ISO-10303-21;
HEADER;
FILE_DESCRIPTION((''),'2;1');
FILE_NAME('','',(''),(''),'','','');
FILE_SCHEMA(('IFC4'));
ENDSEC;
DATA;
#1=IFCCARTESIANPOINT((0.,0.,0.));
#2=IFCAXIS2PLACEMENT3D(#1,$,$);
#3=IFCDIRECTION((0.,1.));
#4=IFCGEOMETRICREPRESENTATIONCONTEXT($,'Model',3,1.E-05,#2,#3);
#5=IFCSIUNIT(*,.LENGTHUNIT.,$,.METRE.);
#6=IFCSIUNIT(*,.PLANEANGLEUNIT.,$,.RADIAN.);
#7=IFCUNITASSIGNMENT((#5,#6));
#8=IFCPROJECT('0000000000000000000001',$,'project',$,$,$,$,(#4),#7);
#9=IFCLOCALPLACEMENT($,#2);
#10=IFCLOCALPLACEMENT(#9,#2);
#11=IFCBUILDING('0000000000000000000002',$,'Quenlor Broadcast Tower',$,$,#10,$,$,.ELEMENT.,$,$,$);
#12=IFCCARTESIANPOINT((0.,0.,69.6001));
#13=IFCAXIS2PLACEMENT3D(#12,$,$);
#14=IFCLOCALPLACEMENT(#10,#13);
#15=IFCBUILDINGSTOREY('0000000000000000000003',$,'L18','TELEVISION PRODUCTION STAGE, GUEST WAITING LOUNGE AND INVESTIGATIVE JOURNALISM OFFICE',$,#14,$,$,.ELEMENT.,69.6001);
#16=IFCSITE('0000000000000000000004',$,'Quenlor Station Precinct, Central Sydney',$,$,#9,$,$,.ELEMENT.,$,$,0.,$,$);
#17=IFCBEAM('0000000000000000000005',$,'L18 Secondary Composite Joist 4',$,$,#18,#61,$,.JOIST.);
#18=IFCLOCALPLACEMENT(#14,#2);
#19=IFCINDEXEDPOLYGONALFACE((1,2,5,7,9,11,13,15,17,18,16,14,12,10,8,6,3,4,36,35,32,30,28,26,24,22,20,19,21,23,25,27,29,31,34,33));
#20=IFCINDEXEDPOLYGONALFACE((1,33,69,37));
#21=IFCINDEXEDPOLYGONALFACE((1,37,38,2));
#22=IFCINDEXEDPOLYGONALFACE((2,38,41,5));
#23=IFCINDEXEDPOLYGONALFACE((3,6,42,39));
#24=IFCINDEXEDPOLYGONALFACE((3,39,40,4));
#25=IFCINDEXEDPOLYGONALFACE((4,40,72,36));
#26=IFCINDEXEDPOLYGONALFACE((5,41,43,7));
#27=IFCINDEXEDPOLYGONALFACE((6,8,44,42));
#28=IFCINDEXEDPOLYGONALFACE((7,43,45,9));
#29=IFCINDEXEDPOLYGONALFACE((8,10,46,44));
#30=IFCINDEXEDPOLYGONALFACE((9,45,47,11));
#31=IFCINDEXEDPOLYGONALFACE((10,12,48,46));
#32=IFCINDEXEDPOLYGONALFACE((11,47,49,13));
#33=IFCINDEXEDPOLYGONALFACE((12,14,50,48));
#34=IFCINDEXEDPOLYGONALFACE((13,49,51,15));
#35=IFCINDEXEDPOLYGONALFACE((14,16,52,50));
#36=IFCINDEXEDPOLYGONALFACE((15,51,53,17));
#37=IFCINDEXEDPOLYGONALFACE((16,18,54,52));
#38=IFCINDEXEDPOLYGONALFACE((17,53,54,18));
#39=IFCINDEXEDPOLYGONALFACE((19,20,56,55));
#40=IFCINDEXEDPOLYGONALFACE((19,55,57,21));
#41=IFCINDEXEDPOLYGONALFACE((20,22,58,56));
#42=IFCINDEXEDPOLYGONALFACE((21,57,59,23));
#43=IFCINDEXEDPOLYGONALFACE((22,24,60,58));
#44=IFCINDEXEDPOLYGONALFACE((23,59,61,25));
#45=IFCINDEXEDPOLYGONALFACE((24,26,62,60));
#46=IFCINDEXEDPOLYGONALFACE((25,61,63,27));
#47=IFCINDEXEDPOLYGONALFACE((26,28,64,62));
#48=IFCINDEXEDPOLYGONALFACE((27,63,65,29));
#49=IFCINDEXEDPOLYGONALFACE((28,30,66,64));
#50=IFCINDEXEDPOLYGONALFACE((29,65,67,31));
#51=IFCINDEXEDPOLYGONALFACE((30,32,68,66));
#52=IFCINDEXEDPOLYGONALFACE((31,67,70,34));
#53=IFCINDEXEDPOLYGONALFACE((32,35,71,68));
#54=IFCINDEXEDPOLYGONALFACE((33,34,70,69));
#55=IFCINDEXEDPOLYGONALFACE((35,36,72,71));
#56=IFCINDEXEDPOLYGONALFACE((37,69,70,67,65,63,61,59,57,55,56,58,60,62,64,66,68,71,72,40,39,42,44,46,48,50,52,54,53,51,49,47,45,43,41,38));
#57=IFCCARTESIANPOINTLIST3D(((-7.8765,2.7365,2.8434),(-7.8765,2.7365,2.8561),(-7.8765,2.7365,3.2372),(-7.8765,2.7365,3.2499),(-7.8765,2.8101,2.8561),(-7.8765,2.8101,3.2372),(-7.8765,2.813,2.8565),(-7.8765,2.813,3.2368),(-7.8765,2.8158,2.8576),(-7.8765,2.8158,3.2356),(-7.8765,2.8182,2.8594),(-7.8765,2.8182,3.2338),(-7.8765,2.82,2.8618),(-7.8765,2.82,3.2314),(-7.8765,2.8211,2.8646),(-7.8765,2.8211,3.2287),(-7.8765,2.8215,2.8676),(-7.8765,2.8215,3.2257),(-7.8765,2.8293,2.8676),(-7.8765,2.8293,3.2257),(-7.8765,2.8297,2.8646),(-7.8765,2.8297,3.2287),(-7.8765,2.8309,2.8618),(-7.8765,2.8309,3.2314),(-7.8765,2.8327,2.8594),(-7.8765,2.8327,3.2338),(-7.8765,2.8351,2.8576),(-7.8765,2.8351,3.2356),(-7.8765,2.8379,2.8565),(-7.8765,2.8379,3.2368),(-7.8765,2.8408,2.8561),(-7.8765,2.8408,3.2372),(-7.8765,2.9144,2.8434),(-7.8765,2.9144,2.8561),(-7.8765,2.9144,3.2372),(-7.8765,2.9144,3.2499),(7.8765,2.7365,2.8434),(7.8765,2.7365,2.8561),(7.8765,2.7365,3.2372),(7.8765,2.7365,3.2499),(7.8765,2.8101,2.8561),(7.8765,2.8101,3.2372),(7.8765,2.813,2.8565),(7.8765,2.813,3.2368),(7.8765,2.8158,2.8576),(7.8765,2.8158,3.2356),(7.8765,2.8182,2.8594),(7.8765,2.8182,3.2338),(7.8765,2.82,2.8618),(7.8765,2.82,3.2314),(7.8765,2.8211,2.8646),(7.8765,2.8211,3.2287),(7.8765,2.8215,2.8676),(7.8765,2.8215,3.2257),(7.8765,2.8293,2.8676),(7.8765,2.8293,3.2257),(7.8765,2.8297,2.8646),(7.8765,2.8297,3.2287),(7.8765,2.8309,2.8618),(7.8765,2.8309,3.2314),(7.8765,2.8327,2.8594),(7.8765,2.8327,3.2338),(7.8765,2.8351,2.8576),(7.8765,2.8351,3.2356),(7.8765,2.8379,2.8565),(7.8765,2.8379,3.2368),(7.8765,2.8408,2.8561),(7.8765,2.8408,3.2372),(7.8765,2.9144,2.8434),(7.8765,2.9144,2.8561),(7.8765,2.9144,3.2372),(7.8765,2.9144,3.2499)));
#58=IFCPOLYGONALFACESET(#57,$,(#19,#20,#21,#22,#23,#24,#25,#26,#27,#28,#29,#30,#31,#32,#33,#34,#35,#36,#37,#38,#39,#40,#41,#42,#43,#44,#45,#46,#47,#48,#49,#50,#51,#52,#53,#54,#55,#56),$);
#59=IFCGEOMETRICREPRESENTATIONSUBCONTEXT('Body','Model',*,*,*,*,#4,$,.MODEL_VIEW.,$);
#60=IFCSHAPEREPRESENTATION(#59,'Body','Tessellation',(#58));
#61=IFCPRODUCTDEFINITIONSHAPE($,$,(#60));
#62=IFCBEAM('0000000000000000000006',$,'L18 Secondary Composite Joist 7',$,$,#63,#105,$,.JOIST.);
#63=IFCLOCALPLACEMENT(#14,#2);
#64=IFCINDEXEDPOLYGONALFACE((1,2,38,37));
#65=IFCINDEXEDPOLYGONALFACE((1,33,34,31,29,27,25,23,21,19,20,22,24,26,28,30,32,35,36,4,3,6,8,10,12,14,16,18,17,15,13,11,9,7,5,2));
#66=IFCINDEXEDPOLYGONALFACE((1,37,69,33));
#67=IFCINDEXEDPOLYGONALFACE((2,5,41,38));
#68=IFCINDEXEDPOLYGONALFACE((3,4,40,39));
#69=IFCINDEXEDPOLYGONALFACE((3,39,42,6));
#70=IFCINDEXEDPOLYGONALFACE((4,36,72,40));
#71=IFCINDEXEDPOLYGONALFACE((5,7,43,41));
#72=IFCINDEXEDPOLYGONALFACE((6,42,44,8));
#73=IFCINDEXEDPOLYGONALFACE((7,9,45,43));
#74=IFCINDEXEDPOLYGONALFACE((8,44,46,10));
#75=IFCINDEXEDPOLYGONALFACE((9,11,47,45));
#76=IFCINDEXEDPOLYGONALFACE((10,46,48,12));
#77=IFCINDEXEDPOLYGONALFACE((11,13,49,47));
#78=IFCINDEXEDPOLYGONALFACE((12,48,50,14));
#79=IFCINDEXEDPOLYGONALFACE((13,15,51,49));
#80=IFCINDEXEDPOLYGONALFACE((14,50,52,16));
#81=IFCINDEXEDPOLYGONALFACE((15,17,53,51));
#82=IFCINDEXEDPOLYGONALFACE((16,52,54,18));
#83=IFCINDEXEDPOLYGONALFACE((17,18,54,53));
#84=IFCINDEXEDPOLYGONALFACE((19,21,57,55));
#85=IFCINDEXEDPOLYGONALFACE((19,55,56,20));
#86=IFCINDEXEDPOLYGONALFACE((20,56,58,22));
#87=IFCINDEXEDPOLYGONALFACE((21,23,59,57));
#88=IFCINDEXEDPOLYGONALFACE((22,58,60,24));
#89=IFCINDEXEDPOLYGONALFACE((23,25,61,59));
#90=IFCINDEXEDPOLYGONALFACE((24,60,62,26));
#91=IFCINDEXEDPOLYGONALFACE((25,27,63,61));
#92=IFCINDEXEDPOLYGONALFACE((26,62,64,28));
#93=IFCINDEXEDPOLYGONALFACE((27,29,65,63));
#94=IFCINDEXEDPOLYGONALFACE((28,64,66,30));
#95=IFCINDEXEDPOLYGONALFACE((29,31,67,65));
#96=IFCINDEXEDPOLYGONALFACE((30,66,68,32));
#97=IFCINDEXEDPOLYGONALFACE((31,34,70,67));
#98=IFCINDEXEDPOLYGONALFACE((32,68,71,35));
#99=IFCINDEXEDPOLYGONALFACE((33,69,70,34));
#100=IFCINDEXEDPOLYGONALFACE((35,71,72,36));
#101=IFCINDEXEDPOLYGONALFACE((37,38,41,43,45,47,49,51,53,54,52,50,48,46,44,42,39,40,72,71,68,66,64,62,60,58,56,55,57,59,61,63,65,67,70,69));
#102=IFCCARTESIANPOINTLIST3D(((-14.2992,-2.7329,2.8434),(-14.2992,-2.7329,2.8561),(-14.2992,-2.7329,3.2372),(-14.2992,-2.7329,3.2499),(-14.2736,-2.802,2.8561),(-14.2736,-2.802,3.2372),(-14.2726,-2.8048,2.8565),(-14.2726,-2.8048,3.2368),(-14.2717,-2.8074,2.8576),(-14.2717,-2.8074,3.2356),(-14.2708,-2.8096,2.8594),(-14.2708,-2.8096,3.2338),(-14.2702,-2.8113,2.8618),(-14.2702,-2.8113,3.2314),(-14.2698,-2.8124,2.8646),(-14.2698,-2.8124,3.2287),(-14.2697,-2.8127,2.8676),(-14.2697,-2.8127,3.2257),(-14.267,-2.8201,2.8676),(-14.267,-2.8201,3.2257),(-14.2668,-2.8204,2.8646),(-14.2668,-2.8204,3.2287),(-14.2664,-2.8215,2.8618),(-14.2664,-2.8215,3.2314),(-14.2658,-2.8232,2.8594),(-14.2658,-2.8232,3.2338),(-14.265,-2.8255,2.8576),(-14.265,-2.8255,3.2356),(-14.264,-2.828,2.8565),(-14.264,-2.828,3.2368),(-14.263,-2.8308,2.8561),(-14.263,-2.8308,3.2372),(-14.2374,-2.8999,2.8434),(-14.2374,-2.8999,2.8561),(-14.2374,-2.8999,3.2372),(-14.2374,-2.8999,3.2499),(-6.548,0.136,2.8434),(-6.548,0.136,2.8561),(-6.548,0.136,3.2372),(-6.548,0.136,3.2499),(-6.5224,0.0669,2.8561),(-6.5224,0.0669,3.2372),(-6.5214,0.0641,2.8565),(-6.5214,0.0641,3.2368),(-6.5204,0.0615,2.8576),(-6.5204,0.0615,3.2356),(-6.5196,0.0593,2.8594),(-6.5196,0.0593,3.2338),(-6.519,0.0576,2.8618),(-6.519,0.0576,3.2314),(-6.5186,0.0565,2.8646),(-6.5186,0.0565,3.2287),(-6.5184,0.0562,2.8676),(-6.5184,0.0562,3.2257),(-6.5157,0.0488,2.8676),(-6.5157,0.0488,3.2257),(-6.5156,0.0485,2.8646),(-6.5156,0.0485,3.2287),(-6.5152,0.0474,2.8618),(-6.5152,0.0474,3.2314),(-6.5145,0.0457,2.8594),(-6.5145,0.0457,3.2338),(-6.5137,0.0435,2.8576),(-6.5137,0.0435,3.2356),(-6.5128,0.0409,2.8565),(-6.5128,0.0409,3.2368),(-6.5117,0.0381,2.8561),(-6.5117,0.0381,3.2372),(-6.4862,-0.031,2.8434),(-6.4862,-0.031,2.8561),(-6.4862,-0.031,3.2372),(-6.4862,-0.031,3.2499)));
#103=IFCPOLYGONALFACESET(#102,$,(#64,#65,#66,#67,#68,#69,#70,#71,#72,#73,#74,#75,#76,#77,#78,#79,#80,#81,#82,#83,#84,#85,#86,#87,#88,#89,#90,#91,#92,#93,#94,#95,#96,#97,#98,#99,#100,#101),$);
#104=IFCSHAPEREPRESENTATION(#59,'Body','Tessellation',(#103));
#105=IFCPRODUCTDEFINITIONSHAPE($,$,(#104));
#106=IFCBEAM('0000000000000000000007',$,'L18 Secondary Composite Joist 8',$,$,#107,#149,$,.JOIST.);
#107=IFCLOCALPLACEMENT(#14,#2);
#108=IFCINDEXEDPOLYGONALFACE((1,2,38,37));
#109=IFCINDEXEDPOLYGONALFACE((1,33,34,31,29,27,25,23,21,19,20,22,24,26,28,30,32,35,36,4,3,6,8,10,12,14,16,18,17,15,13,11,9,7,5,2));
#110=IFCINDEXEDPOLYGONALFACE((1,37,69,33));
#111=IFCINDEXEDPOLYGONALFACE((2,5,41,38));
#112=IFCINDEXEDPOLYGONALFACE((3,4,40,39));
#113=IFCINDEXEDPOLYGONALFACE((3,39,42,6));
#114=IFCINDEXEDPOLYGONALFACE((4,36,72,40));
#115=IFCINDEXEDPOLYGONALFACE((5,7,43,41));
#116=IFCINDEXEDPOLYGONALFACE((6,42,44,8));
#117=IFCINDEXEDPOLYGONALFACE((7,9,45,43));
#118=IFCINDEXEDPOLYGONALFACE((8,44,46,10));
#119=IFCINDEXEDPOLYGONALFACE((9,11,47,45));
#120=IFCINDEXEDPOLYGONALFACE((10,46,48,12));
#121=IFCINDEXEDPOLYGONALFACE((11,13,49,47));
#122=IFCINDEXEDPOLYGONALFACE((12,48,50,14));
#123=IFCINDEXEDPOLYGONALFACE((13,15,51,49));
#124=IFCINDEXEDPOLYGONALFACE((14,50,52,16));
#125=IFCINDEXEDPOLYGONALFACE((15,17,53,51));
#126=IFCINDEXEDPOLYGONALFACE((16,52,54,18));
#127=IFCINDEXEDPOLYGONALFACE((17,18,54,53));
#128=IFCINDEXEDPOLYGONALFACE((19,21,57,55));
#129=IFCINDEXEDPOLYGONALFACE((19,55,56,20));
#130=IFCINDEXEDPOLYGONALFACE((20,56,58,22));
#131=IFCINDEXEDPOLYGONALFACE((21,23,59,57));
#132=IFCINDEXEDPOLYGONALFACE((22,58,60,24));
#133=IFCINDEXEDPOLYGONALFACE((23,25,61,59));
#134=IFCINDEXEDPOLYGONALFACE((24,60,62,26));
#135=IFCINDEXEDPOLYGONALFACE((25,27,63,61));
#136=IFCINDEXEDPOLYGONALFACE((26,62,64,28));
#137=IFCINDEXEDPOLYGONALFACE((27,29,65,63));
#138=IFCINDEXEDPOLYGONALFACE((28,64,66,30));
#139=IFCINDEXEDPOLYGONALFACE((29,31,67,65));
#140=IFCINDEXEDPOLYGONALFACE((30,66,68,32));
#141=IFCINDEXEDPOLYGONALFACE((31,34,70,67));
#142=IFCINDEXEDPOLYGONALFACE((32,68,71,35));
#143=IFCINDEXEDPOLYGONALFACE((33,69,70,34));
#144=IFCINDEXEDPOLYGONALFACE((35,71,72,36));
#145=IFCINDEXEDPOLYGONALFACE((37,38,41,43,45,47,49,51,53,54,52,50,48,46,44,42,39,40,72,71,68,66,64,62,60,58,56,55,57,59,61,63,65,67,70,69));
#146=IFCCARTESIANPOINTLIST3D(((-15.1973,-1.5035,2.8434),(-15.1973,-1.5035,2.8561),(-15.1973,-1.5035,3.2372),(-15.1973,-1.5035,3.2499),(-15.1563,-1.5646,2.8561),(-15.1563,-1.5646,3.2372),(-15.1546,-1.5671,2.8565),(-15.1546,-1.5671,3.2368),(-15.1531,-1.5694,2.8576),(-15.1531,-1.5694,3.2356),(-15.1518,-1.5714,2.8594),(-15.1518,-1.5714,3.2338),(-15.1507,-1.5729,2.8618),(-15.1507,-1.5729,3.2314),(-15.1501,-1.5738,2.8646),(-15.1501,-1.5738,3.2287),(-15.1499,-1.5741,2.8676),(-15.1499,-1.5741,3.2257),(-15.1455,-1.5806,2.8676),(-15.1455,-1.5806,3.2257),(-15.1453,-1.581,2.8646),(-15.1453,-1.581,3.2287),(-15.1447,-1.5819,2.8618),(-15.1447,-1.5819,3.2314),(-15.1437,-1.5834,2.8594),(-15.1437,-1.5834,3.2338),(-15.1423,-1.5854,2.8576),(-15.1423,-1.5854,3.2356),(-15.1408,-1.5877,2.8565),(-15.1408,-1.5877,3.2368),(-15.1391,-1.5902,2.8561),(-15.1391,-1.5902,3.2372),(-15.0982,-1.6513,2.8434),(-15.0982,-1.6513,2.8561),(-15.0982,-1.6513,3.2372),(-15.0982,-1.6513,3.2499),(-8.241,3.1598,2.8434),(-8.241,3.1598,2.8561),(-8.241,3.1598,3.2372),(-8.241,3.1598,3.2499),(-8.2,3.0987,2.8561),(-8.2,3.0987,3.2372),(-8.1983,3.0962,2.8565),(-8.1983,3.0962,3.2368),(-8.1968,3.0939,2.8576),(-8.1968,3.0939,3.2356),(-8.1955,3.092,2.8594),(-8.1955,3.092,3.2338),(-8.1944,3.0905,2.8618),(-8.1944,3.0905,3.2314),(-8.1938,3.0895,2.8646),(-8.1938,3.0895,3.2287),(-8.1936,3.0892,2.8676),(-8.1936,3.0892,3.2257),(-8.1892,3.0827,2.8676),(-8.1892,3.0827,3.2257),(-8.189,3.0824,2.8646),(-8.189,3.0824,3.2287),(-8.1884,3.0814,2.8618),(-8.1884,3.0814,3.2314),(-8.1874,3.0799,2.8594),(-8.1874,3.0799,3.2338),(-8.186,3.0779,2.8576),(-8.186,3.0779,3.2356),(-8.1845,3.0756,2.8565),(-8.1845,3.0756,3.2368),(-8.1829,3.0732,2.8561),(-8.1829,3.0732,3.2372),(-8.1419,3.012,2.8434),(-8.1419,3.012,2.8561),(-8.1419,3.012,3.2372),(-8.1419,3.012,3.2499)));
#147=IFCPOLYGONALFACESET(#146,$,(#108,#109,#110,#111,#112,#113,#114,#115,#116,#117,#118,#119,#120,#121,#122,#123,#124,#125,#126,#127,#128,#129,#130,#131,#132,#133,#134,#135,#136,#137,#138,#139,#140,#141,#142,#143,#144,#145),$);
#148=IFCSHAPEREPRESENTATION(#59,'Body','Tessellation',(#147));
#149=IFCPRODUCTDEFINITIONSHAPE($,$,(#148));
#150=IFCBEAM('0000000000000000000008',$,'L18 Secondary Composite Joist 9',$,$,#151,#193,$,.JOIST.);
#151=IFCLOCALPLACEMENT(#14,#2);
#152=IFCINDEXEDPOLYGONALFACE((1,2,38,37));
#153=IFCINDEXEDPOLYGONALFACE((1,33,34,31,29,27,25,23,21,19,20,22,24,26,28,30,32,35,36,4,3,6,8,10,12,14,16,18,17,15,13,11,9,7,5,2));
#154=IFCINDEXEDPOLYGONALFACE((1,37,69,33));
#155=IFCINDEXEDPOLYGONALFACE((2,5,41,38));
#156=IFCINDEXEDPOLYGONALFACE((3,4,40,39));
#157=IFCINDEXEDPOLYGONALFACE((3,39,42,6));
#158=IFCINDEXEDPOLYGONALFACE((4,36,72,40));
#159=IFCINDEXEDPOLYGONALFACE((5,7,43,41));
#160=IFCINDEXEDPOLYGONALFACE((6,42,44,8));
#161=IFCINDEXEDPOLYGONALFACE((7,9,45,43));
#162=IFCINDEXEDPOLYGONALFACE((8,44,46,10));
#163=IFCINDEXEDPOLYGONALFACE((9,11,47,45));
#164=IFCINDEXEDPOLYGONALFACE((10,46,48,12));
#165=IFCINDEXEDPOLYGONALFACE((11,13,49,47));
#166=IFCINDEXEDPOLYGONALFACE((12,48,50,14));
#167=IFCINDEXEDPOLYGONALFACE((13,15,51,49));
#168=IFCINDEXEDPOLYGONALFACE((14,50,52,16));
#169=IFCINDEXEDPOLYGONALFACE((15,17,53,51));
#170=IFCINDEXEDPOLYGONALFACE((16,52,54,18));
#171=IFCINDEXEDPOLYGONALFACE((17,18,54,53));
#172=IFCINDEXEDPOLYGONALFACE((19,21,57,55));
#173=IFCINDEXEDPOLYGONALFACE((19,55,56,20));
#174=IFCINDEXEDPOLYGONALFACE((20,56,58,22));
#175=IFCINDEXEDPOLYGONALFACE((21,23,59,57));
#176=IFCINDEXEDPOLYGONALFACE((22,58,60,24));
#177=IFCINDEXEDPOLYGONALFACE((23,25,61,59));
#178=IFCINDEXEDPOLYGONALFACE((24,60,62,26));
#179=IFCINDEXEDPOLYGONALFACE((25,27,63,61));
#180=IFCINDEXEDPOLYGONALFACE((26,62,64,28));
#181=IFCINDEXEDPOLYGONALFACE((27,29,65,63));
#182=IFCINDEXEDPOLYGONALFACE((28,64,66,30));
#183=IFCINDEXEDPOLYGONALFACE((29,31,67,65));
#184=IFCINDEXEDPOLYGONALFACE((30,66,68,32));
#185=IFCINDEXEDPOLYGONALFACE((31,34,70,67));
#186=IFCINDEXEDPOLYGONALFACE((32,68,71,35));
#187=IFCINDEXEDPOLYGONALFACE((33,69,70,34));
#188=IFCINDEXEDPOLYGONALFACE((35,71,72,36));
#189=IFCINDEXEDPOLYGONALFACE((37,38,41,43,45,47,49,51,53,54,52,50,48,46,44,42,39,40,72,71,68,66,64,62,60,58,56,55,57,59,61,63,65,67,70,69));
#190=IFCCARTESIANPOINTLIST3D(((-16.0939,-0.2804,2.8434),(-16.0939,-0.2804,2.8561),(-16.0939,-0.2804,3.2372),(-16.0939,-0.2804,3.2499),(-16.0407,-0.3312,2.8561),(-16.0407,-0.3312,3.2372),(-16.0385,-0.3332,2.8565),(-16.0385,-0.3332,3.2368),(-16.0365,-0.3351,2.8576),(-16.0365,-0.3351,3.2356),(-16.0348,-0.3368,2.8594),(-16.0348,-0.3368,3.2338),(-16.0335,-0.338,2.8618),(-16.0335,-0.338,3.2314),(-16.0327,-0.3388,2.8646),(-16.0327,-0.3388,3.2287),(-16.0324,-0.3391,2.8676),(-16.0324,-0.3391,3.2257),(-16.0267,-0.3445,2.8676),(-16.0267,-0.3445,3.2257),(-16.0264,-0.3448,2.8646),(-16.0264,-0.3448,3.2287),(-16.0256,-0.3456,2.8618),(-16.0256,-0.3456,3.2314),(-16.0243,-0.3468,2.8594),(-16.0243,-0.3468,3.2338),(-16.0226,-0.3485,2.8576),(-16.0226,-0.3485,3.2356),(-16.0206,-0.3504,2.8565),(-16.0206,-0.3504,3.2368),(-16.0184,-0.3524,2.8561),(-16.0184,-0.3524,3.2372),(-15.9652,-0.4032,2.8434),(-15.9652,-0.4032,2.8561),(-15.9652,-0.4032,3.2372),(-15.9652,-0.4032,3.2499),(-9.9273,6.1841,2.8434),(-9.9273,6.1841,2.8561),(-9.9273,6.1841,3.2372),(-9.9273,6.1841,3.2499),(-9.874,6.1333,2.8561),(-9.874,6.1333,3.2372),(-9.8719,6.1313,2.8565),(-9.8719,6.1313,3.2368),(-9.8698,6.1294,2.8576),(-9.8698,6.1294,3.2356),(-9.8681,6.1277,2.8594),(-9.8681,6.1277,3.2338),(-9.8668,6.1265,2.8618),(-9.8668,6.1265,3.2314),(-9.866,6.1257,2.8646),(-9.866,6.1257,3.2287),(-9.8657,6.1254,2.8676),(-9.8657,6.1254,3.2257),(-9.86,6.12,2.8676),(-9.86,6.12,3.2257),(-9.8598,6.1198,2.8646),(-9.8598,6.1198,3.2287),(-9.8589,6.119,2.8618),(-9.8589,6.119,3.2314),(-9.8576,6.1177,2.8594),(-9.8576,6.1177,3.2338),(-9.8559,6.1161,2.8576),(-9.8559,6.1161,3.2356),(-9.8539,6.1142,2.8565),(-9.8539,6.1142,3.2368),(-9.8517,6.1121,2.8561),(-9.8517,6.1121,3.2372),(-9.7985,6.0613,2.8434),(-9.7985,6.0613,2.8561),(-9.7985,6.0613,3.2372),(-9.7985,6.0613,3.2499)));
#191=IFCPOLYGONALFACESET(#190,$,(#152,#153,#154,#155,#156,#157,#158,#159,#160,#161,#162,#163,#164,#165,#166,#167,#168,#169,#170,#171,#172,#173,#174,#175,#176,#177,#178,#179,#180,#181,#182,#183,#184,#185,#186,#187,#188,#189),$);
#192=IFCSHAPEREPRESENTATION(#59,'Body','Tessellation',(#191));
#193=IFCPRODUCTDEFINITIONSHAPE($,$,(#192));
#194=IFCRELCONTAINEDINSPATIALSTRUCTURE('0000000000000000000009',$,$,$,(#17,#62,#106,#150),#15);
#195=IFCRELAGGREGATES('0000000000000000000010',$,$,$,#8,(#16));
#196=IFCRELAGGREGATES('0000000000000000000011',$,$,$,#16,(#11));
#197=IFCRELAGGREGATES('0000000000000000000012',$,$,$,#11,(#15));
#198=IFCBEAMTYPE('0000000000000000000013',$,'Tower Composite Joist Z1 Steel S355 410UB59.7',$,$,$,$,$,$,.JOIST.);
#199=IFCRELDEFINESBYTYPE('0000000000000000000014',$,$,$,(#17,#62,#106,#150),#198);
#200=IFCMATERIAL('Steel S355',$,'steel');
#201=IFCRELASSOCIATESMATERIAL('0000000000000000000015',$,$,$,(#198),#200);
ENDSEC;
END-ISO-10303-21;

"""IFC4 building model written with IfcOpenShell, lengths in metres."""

from ifc_helpers import new_model, si_unit, direction, frame, origin, origin_2d, place, context, subcontext, project, spatial, i_section, extrude, material, material_profile, profile_set, type_object, element, save


model = new_model("IFC4")

# Units and contexts
model_context = context("Model", 3, precision=1e-05, world=origin(), true_north=direction((0.0, 1.0)))
body_context = subcontext(model_context, "Body", "Model", "MODEL_VIEW")
ifc_project = project(units=[si_unit("LENGTHUNIT", "METRE"), si_unit("PLANEANGLEUNIT", "RADIAN")], contexts=[model_context])

# Site, building, storey
site_placement = place(None, origin())
site = spatial("IfcSite", under=ifc_project, at=site_placement, Name="Quenlor Station Precinct, Central Sydney", CompositionType="ELEMENT", RefElevation=0.0)
building_placement = place(site_placement, origin())
building = spatial("IfcBuilding", under=site, at=building_placement, Name="Quenlor Broadcast Tower", CompositionType="ELEMENT")
storey_placement = place(building_placement, frame((0.0, 0.0, 69.6001)))
storey = spatial("IfcBuildingStorey", under=building, at=storey_placement, Name="L18", Description="TELEVISION PRODUCTION STAGE, GUEST WAITING LOUNGE AND INVESTIGATIVE JOURNALISM OFFICE", CompositionType="ELEMENT", Elevation=69.6001)

# Beams
ifc_material_1 = material(Name="Steel S355", Category="steel")
ifc_material_profile_1 = material_profile(ifc_material_1, i_section(OverallWidth=0.178, OverallDepth=0.4065, WebThickness=0.0078, FlangeThickness=0.0127, FilletRadius=0.0115, at=origin_2d()))
ifc_profile_set_1 = profile_set([ifc_material_profile_1], Name="Steel S355 410UB59.7")
beam_type_1 = type_object("IfcBeamType", Name="Tower Composite Joist Z1 Steel S355 410UB59.7", PredefinedType="JOIST", material=ifc_profile_set_1)
beam_1_placement = place(storey_placement, frame((-7.8765, 2.8254, 3.0466), z_axis=(1.0, 0.0, 0.0), x_axis=(0.0, 1.0, 0.0)))
element("IfcBeam", 1, at=beam_1_placement, inside=storey, type_object=beam_type_1, Name="L18 Secondary Composite Joist 4", PredefinedType="JOIST", context=body_context, shape_type="SweptSolid", body=[
    extrude(i_section(OverallWidth=0.178, OverallDepth=0.4065, WebThickness=0.0078, FlangeThickness=0.0127, FilletRadius=0.0115, at=origin_2d()), origin(), (0.0, 0.0, 1.0), 15.7529),
])
beam_2_placement = place(storey_placement, frame((-14.2683, -2.8164, 3.0466), z_axis=(0.937825, 0.347109, 0.0), x_axis=(-0.347109, 0.937825, 0.0)))
element("IfcBeam", 2, at=beam_2_placement, inside=storey, type_object=beam_type_1, Name="L18 Secondary Composite Joist 7", PredefinedType="JOIST", context=body_context, shape_type="SweptSolid", body=[
    extrude(i_section(OverallWidth=0.178, OverallDepth=0.4065, WebThickness=0.0078, FlangeThickness=0.0127, FilletRadius=0.0115, at=origin_2d()), origin(), (0.0, 0.0, 1.0), 8.2651),
])
beam_3_placement = place(storey_placement, frame((-15.1477, -1.5774, 3.0466), z_axis=(0.830626, 0.556831, 0.0), x_axis=(-0.556831, 0.830626, 0.0)))
element("IfcBeam", 3, at=beam_3_placement, inside=storey, type_object=beam_type_1, Name="L18 Secondary Composite Joist 8", PredefinedType="JOIST", context=body_context, shape_type="SweptSolid", body=[
    extrude(i_section(OverallWidth=0.178, OverallDepth=0.4065, WebThickness=0.0078, FlangeThickness=0.0127, FilletRadius=0.0115, at=origin_2d()), origin(), (0.0, 0.0, 1.0), 8.3748),
])
beam_4_placement = place(storey_placement, frame((-16.0295, -0.3418, 3.0466), z_axis=(0.690241, 0.723579, 0.0), x_axis=(-0.723579, 0.690241, 0.0)))
element("IfcBeam", 4, at=beam_4_placement, inside=storey, type_object=beam_type_1, Name="L18 Secondary Composite Joist 9", PredefinedType="JOIST", context=body_context, shape_type="SweptSolid", body=[
    extrude(i_section(OverallWidth=0.178, OverallDepth=0.4065, WebThickness=0.0078, FlangeThickness=0.0127, FilletRadius=0.0115, at=origin_2d()), origin(), (0.0, 0.0, 1.0), 8.9341),
])

save(model, "model.ifc")
